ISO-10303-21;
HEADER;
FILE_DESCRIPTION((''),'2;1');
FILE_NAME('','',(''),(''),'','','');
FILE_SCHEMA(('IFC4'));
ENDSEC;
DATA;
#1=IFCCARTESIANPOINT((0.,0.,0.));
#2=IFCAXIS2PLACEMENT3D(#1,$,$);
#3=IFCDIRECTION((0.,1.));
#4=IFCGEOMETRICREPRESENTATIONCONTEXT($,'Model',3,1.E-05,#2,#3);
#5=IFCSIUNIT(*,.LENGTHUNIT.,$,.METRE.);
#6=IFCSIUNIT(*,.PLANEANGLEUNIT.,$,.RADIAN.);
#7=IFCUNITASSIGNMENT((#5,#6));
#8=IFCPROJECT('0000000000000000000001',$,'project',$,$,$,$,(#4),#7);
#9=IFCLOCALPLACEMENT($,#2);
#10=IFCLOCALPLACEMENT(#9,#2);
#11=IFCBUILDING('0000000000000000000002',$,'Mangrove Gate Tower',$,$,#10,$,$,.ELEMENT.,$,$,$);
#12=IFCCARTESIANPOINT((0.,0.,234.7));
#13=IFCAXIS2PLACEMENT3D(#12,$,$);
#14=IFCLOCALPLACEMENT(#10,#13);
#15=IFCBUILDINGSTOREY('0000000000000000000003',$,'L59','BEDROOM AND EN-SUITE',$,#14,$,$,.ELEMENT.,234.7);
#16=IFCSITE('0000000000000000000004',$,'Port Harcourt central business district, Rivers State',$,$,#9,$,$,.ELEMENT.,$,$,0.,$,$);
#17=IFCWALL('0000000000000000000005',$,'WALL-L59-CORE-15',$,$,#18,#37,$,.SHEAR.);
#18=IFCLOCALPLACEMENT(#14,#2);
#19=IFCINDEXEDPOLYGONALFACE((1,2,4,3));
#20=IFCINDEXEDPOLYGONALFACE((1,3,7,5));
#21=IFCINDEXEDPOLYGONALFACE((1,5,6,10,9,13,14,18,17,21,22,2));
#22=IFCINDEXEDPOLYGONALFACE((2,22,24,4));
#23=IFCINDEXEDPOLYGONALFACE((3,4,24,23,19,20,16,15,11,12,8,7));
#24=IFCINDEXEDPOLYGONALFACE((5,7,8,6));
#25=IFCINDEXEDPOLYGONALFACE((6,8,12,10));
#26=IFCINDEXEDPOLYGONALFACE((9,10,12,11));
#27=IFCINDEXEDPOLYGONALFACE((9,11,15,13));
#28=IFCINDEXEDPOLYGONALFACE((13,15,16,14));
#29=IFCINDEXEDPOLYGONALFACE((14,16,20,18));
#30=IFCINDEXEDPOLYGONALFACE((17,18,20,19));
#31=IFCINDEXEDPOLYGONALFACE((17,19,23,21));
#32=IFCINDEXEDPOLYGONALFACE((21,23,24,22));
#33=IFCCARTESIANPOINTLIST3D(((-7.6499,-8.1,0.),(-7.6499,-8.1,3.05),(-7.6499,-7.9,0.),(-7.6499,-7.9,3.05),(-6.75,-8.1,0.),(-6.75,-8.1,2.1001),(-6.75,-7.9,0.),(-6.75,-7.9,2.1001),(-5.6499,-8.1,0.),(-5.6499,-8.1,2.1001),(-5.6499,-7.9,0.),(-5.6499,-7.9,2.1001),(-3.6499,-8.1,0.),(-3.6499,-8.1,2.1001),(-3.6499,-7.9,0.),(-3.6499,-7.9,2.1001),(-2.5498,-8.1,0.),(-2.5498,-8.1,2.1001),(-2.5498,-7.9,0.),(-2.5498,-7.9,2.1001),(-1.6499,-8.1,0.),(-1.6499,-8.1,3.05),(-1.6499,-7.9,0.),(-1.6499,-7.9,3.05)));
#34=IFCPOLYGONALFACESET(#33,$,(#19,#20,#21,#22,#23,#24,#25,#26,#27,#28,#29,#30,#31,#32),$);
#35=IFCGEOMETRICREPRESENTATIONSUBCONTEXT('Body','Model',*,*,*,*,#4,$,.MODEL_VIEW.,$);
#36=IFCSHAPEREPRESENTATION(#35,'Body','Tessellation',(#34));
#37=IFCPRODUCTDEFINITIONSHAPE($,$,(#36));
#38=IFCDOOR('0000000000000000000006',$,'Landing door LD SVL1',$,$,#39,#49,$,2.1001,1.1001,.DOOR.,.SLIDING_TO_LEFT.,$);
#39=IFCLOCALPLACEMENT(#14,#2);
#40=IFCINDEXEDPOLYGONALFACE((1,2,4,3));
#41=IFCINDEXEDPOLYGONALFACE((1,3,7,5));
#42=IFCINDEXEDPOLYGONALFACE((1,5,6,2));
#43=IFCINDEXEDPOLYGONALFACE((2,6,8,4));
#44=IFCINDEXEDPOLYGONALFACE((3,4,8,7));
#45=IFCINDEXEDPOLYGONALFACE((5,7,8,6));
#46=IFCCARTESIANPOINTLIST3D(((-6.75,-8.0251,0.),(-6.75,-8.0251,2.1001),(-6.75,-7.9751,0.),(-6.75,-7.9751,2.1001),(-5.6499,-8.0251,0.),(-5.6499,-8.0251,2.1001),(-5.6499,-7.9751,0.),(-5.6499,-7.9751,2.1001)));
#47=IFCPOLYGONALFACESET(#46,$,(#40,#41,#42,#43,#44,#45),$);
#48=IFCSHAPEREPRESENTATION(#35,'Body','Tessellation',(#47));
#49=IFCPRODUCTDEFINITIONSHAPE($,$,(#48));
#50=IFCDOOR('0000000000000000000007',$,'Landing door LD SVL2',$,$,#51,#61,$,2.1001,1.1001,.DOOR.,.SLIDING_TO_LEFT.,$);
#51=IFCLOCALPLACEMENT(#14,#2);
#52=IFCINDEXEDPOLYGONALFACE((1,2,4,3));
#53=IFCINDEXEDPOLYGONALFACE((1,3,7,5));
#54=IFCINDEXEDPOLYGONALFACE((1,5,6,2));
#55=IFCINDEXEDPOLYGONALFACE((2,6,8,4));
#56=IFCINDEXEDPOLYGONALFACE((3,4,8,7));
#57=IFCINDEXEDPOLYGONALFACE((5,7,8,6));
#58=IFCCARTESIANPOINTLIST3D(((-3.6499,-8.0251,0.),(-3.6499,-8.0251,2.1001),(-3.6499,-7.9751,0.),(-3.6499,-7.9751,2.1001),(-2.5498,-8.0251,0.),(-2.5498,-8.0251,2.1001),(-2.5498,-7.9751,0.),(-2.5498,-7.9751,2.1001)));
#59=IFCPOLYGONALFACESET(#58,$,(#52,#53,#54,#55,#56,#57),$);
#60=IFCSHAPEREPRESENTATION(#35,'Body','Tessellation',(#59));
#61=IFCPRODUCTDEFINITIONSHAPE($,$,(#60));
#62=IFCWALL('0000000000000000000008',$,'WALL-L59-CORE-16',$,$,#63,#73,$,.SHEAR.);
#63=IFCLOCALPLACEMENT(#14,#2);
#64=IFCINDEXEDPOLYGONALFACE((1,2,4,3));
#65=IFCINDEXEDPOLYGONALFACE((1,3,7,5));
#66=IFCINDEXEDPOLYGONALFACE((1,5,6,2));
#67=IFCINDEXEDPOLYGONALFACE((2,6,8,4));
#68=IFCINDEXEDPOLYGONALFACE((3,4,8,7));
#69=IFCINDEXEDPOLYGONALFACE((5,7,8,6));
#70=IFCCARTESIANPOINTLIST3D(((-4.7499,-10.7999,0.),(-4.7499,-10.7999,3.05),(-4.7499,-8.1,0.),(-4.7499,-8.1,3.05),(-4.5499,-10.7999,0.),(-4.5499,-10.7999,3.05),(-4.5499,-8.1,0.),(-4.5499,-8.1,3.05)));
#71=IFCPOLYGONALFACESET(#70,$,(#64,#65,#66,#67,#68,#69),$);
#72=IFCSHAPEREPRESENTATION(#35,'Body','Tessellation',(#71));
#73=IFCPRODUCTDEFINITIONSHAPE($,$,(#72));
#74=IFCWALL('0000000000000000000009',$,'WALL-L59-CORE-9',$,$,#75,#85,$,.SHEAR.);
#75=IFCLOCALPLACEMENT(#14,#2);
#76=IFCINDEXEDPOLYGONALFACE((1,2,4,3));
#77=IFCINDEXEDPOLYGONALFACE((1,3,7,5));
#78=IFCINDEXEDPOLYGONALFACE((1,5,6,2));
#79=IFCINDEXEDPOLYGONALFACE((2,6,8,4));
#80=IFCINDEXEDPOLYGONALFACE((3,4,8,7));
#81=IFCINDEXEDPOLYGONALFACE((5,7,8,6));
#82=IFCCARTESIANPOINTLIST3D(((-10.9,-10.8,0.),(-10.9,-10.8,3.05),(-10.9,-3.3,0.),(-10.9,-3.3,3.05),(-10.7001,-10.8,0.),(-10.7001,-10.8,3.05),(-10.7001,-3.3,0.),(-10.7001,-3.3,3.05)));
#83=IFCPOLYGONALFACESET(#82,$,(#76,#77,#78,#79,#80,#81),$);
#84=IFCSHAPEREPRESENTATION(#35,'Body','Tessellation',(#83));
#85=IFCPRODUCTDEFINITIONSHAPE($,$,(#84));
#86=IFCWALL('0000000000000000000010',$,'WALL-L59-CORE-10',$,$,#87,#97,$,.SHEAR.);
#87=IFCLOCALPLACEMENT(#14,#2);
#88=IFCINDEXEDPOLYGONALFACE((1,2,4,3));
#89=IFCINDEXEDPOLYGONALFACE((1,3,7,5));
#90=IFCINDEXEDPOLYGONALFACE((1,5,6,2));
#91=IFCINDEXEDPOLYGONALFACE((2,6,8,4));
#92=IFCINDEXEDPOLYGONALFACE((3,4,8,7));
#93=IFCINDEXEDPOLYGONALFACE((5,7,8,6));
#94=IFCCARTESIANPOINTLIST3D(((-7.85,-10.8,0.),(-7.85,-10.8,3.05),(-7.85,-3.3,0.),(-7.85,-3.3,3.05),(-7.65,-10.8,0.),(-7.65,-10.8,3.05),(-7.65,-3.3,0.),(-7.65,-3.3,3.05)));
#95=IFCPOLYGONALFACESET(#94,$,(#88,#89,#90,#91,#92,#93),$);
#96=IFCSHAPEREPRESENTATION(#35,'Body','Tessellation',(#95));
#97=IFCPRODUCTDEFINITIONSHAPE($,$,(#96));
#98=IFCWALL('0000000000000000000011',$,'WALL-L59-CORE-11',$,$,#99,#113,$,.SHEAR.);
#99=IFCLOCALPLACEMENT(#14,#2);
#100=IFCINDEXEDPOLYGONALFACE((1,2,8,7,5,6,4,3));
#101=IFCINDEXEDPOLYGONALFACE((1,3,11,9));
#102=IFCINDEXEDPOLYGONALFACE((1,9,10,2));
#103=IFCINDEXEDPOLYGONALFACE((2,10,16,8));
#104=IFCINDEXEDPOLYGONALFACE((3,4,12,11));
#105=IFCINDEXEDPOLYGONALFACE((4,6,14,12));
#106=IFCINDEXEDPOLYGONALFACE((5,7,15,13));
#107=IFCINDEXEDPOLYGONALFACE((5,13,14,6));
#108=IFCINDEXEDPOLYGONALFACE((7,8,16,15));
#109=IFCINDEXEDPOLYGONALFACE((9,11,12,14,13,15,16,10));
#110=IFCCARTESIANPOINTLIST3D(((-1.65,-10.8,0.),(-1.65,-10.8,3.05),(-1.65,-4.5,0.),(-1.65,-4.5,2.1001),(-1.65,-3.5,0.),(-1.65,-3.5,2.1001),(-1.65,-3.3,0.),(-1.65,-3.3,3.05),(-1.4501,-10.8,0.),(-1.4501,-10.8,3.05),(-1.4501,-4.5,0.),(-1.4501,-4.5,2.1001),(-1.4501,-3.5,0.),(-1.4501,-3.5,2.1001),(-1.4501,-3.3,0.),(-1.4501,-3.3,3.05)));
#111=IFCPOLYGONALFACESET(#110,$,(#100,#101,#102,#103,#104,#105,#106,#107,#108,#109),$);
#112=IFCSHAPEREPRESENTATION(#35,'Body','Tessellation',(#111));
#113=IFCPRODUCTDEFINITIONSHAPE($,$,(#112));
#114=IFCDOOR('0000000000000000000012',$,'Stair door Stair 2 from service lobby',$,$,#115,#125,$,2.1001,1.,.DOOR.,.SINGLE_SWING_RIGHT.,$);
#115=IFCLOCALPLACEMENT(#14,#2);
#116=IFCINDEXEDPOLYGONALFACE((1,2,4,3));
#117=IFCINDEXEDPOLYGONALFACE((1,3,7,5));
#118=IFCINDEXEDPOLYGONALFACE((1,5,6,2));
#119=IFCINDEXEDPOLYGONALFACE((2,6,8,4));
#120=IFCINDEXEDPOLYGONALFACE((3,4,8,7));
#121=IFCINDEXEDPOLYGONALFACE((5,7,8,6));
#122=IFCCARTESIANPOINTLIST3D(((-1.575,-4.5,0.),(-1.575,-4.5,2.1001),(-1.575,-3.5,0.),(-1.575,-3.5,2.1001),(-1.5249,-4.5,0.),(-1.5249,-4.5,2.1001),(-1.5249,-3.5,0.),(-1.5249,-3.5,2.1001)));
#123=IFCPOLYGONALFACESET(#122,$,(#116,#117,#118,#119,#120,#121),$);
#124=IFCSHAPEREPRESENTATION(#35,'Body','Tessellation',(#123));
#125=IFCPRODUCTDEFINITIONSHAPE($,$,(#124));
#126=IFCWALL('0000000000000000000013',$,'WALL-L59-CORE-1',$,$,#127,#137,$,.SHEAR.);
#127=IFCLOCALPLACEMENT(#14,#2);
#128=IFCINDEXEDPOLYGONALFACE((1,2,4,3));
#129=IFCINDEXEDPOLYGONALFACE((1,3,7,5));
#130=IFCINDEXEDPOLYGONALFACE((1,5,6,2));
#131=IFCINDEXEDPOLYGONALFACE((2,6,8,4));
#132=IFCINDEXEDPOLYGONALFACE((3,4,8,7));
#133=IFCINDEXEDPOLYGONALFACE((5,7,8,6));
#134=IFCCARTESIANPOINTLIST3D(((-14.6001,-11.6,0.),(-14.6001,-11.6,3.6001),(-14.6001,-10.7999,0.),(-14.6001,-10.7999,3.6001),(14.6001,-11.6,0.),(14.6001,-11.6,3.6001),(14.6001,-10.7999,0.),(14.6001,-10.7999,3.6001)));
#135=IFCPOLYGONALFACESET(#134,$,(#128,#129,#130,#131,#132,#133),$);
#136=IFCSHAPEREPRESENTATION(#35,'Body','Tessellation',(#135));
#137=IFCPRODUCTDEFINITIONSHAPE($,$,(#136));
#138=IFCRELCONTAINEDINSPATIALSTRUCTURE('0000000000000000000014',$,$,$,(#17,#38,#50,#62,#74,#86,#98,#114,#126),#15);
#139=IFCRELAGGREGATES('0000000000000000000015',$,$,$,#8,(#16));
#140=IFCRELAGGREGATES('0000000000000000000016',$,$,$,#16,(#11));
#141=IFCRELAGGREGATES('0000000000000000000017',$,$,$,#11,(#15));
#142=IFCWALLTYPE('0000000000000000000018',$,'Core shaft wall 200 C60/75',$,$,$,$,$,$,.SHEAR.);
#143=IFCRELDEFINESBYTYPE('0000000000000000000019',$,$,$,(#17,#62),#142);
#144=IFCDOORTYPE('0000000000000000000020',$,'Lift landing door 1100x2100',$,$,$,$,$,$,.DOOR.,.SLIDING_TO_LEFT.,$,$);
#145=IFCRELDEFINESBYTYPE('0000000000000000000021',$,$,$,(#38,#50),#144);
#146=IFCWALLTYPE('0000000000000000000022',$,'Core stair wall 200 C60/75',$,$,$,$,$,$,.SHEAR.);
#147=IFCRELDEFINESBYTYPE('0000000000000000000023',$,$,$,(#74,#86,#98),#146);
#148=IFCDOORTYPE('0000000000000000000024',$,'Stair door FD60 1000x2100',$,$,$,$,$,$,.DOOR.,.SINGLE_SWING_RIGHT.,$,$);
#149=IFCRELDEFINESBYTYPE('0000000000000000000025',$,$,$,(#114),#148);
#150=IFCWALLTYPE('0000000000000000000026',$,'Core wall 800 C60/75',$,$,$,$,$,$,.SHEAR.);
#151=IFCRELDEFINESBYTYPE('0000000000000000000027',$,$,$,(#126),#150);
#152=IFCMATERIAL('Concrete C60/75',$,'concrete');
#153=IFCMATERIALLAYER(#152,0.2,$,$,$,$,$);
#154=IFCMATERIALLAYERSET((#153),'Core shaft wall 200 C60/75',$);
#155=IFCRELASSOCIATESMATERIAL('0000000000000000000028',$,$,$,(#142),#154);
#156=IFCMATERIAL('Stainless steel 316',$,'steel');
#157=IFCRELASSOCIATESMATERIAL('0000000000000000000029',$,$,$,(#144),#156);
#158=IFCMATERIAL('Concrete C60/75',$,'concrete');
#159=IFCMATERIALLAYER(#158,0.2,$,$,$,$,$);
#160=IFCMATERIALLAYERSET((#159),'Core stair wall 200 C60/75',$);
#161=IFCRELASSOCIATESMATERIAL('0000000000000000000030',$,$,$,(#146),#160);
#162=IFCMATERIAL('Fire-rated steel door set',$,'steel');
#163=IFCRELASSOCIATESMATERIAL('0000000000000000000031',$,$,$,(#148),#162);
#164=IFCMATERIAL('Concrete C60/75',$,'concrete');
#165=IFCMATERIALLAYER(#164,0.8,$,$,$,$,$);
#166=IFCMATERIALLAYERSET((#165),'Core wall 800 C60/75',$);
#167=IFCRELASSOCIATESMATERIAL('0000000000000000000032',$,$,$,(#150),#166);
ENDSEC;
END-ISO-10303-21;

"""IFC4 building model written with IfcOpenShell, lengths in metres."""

from ifc_helpers import new_model, si_unit, direction, frame, frame_2d, origin, place, context, subcontext, project, spatial, rectangle, extrude, material, layer, layer_set, type_object, element, fill, save


model = new_model("IFC4")

# Units and contexts
model_context = context("Model", 3, precision=1e-05, world=origin(), true_north=direction((0.0, 1.0)))
body_context = subcontext(model_context, "Body", "Model", "MODEL_VIEW")
ifc_project = project(units=[si_unit("LENGTHUNIT", "METRE"), si_unit("PLANEANGLEUNIT", "RADIAN")], contexts=[model_context])

# Site, building, storey
site_placement = place(None, origin())
site = spatial("IfcSite", under=ifc_project, at=site_placement, Name="Port Harcourt central business district, Rivers State", CompositionType="ELEMENT", RefElevation=0.0)
building_placement = place(site_placement, origin())
building = spatial("IfcBuilding", under=site, at=building_placement, Name="Mangrove Gate Tower", CompositionType="ELEMENT")
storey_placement = place(building_placement, frame((0.0, 0.0, 234.7)))
storey = spatial("IfcBuildingStorey", under=building, at=storey_placement, Name="L59", Description="BEDROOM AND EN-SUITE", CompositionType="ELEMENT", Elevation=234.7)

# Wall, openings, doors
ifc_material_1 = material(Name="Concrete C60/75", Category="concrete")
ifc_layer_1 = layer(ifc_material_1, 0.2)
ifc_layer_set_1 = layer_set([ifc_layer_1], Name="Core shaft wall 200 C60/75")
wall_type_1 = type_object("IfcWallType", Name="Core shaft wall 200 C60/75", PredefinedType="SHEAR", material=ifc_layer_set_1)
wall_1_placement = place(storey_placement, frame((-7.6499, -8.0, 0.0), z_axis=(0.0, 0.0, 1.0), x_axis=(1.0, 0.0, 0.0)))
wall_1 = element("IfcWall", 1, at=wall_1_placement, inside=storey, type_object=wall_type_1, Name="WALL-L59-CORE-15", PredefinedType="SHEAR", context=body_context, shape_type="SweptSolid", body=[
    extrude(rectangle(XDim=6.0, YDim=0.2, at=frame_2d((3.0, 0.0))), origin(), (0.0, 0.0, 1.0), 3.05),
])
opening_1_placement = place(wall_1_placement, frame((0.8999, 0.0, 0.0)))
opening_1 = element("IfcOpeningElement", 2, at=opening_1_placement, cuts=wall_1, PredefinedType="OPENING", context=body_context, shape_type="SweptSolid", body=[
    extrude(rectangle(XDim=1.1001, YDim=2.1001, at=frame_2d((0.55, 1.05))), frame((0.0, 0.1099, 0.0), z_axis=(0.0, -1.0, 0.0), x_axis=(1.0, 0.0, 0.0)), (0.0, 0.0, 1.0), 0.22),
])
opening_2_placement = place(wall_1_placement, frame((4.0, 0.0, 0.0)))
opening_2 = element("IfcOpeningElement", 3, at=opening_2_placement, cuts=wall_1, PredefinedType="OPENING", context=body_context, shape_type="SweptSolid", body=[
    extrude(rectangle(XDim=1.1001, YDim=2.1001, at=frame_2d((0.55, 1.05))), frame((0.0, 0.1099, 0.0), z_axis=(0.0, -1.0, 0.0), x_axis=(1.0, 0.0, 0.0)), (0.0, 0.0, 1.0), 0.22),
])
ifc_material_2 = material(Name="Stainless steel 316", Category="steel")
door_type_1 = type_object("IfcDoorType", Name="Lift landing door 1100x2100", OperationType="SLIDING_TO_LEFT", PredefinedType="DOOR", material=ifc_material_2)
door_1_placement = place(opening_1_placement, origin())
door_1 = element("IfcDoor", 4, at=door_1_placement, inside=storey, type_object=door_type_1, Name="Landing door LD SVL1", OperationType="SLIDING_TO_LEFT", OverallHeight=2.1001, OverallWidth=1.1001, PredefinedType="DOOR", context=body_context, shape_type="SweptSolid", body=[
    extrude(rectangle(XDim=1.1001, YDim=2.1001, at=frame_2d((0.55, 1.05))), frame((0.0, 0.0249, 0.0), z_axis=(0.0, -1.0, 0.0), x_axis=(1.0, 0.0, 0.0)), (0.0, 0.0, 1.0), 0.05),
])
fill(opening_1, door_1)
door_2_placement = place(opening_2_placement, origin())
door_2 = element("IfcDoor", 5, at=door_2_placement, inside=storey, type_object=door_type_1, Name="Landing door LD SVL2", OperationType="SLIDING_TO_LEFT", OverallHeight=2.1001, OverallWidth=1.1001, PredefinedType="DOOR", context=body_context, shape_type="SweptSolid", body=[
    extrude(rectangle(XDim=1.1001, YDim=2.1001, at=frame_2d((0.55, 1.05))), frame((0.0, 0.0249, 0.0), z_axis=(0.0, -1.0, 0.0), x_axis=(1.0, 0.0, 0.0)), (0.0, 0.0, 1.0), 0.05),
])
fill(opening_2, door_2)

# Walls
wall_2_placement = place(storey_placement, frame((-4.6499, -10.8, 0.0), z_axis=(0.0, 0.0, 1.0), x_axis=(0.0, 1.0, 0.0)))
element("IfcWall", 6, at=wall_2_placement, inside=storey, type_object=wall_type_1, Name="WALL-L59-CORE-16", PredefinedType="SHEAR", context=body_context, shape_type="SweptSolid", body=[
    extrude(rectangle(XDim=2.7, YDim=0.2, at=frame_2d((1.3501, 0.0))), origin(), (0.0, 0.0, 1.0), 3.05),
])
ifc_material_3 = material(Name="Concrete C60/75", Category="concrete")
ifc_layer_2 = layer(ifc_material_3, 0.2)
ifc_layer_set_2 = layer_set([ifc_layer_2], Name="Core stair wall 200 C60/75")
wall_type_2 = type_object("IfcWallType", Name="Core stair wall 200 C60/75", PredefinedType="SHEAR", material=ifc_layer_set_2)
for number, where, z_axis, x_axis, name in (
    (7, (-10.8, -10.8, 0.0), (0.0, 0.0, 1.0), (0.0, 1.0, 0.0), "WALL-L59-CORE-9"),
    (8, (-7.75, -10.8, 0.0), (0.0, 0.0, 1.0), (0.0, 1.0, 0.0), "WALL-L59-CORE-10"),
):
    element("IfcWall", number, at=place(storey_placement, frame(where, z_axis=z_axis, x_axis=x_axis)), inside=storey, type_object=wall_type_2, Name=name, PredefinedType="SHEAR", context=body_context, shape_type="SweptSolid", body=[
        extrude(rectangle(XDim=7.5, YDim=0.2, at=frame_2d((3.75, 0.0))), origin(), (0.0, 0.0, 1.0), 3.05),
    ])

# Wall, opening, door
wall_3_placement = place(storey_placement, frame((-1.55, -10.8, 0.0), z_axis=(0.0, 0.0, 1.0), x_axis=(0.0, 1.0, 0.0)))
wall_3 = element("IfcWall", 9, at=wall_3_placement, inside=storey, type_object=wall_type_2, Name="WALL-L59-CORE-11", PredefinedType="SHEAR", context=body_context, shape_type="SweptSolid", body=[
    extrude(rectangle(XDim=7.5, YDim=0.2, at=frame_2d((3.75, 0.0))), origin(), (0.0, 0.0, 1.0), 3.05),
])
opening_3_placement = place(wall_3_placement, frame((6.3, 0.0, 0.0)))
opening_3 = element("IfcOpeningElement", 10, at=opening_3_placement, cuts=wall_3, PredefinedType="OPENING", context=body_context, shape_type="SweptSolid", body=[
    extrude(rectangle(XDim=1.0, YDim=2.1001, at=frame_2d((0.5, 1.05))), frame((0.0, 0.1099, 0.0), z_axis=(0.0, -1.0, 0.0), x_axis=(1.0, 0.0, 0.0)), (0.0, 0.0, 1.0), 0.22),
])
ifc_material_4 = material(Name="Fire-rated steel door set", Category="steel")
door_type_2 = type_object("IfcDoorType", Name="Stair door FD60 1000x2100", OperationType="SINGLE_SWING_RIGHT", PredefinedType="DOOR", material=ifc_material_4)
door_3_placement = place(opening_3_placement, origin())
door_3 = element("IfcDoor", 11, at=door_3_placement, inside=storey, type_object=door_type_2, Name="Stair door Stair 2 from service lobby", OperationType="SINGLE_SWING_RIGHT", OverallHeight=2.1001, OverallWidth=1.0, PredefinedType="DOOR", context=body_context, shape_type="SweptSolid", body=[
    extrude(rectangle(XDim=1.0, YDim=2.1001, at=frame_2d((0.5, 1.05))), frame((0.0, 0.0249, 0.0), z_axis=(0.0, -1.0, 0.0), x_axis=(1.0, 0.0, 0.0)), (0.0, 0.0, 1.0), 0.05),
])
fill(opening_3, door_3)

# Wall
ifc_material_5 = material(Name="Concrete C60/75", Category="concrete")
ifc_layer_3 = layer(ifc_material_5, 0.8)
ifc_layer_set_3 = layer_set([ifc_layer_3], Name="Core wall 800 C60/75")
wall_type_3 = type_object("IfcWallType", Name="Core wall 800 C60/75", PredefinedType="SHEAR", material=ifc_layer_set_3)
wall_4_placement = place(storey_placement, frame((-14.6001, -11.2, 0.0), z_axis=(0.0, 0.0, 1.0), x_axis=(1.0, 0.0, 0.0)))
element("IfcWall", 12, at=wall_4_placement, inside=storey, type_object=wall_type_3, Name="WALL-L59-CORE-1", PredefinedType="SHEAR", context=body_context, shape_type="SweptSolid", body=[
    extrude(rectangle(XDim=29.2002, YDim=0.8, at=frame_2d((14.6001, 0.0))), origin(), (0.0, 0.0, 1.0), 3.6001),
])

save(model, "model.ifc")
